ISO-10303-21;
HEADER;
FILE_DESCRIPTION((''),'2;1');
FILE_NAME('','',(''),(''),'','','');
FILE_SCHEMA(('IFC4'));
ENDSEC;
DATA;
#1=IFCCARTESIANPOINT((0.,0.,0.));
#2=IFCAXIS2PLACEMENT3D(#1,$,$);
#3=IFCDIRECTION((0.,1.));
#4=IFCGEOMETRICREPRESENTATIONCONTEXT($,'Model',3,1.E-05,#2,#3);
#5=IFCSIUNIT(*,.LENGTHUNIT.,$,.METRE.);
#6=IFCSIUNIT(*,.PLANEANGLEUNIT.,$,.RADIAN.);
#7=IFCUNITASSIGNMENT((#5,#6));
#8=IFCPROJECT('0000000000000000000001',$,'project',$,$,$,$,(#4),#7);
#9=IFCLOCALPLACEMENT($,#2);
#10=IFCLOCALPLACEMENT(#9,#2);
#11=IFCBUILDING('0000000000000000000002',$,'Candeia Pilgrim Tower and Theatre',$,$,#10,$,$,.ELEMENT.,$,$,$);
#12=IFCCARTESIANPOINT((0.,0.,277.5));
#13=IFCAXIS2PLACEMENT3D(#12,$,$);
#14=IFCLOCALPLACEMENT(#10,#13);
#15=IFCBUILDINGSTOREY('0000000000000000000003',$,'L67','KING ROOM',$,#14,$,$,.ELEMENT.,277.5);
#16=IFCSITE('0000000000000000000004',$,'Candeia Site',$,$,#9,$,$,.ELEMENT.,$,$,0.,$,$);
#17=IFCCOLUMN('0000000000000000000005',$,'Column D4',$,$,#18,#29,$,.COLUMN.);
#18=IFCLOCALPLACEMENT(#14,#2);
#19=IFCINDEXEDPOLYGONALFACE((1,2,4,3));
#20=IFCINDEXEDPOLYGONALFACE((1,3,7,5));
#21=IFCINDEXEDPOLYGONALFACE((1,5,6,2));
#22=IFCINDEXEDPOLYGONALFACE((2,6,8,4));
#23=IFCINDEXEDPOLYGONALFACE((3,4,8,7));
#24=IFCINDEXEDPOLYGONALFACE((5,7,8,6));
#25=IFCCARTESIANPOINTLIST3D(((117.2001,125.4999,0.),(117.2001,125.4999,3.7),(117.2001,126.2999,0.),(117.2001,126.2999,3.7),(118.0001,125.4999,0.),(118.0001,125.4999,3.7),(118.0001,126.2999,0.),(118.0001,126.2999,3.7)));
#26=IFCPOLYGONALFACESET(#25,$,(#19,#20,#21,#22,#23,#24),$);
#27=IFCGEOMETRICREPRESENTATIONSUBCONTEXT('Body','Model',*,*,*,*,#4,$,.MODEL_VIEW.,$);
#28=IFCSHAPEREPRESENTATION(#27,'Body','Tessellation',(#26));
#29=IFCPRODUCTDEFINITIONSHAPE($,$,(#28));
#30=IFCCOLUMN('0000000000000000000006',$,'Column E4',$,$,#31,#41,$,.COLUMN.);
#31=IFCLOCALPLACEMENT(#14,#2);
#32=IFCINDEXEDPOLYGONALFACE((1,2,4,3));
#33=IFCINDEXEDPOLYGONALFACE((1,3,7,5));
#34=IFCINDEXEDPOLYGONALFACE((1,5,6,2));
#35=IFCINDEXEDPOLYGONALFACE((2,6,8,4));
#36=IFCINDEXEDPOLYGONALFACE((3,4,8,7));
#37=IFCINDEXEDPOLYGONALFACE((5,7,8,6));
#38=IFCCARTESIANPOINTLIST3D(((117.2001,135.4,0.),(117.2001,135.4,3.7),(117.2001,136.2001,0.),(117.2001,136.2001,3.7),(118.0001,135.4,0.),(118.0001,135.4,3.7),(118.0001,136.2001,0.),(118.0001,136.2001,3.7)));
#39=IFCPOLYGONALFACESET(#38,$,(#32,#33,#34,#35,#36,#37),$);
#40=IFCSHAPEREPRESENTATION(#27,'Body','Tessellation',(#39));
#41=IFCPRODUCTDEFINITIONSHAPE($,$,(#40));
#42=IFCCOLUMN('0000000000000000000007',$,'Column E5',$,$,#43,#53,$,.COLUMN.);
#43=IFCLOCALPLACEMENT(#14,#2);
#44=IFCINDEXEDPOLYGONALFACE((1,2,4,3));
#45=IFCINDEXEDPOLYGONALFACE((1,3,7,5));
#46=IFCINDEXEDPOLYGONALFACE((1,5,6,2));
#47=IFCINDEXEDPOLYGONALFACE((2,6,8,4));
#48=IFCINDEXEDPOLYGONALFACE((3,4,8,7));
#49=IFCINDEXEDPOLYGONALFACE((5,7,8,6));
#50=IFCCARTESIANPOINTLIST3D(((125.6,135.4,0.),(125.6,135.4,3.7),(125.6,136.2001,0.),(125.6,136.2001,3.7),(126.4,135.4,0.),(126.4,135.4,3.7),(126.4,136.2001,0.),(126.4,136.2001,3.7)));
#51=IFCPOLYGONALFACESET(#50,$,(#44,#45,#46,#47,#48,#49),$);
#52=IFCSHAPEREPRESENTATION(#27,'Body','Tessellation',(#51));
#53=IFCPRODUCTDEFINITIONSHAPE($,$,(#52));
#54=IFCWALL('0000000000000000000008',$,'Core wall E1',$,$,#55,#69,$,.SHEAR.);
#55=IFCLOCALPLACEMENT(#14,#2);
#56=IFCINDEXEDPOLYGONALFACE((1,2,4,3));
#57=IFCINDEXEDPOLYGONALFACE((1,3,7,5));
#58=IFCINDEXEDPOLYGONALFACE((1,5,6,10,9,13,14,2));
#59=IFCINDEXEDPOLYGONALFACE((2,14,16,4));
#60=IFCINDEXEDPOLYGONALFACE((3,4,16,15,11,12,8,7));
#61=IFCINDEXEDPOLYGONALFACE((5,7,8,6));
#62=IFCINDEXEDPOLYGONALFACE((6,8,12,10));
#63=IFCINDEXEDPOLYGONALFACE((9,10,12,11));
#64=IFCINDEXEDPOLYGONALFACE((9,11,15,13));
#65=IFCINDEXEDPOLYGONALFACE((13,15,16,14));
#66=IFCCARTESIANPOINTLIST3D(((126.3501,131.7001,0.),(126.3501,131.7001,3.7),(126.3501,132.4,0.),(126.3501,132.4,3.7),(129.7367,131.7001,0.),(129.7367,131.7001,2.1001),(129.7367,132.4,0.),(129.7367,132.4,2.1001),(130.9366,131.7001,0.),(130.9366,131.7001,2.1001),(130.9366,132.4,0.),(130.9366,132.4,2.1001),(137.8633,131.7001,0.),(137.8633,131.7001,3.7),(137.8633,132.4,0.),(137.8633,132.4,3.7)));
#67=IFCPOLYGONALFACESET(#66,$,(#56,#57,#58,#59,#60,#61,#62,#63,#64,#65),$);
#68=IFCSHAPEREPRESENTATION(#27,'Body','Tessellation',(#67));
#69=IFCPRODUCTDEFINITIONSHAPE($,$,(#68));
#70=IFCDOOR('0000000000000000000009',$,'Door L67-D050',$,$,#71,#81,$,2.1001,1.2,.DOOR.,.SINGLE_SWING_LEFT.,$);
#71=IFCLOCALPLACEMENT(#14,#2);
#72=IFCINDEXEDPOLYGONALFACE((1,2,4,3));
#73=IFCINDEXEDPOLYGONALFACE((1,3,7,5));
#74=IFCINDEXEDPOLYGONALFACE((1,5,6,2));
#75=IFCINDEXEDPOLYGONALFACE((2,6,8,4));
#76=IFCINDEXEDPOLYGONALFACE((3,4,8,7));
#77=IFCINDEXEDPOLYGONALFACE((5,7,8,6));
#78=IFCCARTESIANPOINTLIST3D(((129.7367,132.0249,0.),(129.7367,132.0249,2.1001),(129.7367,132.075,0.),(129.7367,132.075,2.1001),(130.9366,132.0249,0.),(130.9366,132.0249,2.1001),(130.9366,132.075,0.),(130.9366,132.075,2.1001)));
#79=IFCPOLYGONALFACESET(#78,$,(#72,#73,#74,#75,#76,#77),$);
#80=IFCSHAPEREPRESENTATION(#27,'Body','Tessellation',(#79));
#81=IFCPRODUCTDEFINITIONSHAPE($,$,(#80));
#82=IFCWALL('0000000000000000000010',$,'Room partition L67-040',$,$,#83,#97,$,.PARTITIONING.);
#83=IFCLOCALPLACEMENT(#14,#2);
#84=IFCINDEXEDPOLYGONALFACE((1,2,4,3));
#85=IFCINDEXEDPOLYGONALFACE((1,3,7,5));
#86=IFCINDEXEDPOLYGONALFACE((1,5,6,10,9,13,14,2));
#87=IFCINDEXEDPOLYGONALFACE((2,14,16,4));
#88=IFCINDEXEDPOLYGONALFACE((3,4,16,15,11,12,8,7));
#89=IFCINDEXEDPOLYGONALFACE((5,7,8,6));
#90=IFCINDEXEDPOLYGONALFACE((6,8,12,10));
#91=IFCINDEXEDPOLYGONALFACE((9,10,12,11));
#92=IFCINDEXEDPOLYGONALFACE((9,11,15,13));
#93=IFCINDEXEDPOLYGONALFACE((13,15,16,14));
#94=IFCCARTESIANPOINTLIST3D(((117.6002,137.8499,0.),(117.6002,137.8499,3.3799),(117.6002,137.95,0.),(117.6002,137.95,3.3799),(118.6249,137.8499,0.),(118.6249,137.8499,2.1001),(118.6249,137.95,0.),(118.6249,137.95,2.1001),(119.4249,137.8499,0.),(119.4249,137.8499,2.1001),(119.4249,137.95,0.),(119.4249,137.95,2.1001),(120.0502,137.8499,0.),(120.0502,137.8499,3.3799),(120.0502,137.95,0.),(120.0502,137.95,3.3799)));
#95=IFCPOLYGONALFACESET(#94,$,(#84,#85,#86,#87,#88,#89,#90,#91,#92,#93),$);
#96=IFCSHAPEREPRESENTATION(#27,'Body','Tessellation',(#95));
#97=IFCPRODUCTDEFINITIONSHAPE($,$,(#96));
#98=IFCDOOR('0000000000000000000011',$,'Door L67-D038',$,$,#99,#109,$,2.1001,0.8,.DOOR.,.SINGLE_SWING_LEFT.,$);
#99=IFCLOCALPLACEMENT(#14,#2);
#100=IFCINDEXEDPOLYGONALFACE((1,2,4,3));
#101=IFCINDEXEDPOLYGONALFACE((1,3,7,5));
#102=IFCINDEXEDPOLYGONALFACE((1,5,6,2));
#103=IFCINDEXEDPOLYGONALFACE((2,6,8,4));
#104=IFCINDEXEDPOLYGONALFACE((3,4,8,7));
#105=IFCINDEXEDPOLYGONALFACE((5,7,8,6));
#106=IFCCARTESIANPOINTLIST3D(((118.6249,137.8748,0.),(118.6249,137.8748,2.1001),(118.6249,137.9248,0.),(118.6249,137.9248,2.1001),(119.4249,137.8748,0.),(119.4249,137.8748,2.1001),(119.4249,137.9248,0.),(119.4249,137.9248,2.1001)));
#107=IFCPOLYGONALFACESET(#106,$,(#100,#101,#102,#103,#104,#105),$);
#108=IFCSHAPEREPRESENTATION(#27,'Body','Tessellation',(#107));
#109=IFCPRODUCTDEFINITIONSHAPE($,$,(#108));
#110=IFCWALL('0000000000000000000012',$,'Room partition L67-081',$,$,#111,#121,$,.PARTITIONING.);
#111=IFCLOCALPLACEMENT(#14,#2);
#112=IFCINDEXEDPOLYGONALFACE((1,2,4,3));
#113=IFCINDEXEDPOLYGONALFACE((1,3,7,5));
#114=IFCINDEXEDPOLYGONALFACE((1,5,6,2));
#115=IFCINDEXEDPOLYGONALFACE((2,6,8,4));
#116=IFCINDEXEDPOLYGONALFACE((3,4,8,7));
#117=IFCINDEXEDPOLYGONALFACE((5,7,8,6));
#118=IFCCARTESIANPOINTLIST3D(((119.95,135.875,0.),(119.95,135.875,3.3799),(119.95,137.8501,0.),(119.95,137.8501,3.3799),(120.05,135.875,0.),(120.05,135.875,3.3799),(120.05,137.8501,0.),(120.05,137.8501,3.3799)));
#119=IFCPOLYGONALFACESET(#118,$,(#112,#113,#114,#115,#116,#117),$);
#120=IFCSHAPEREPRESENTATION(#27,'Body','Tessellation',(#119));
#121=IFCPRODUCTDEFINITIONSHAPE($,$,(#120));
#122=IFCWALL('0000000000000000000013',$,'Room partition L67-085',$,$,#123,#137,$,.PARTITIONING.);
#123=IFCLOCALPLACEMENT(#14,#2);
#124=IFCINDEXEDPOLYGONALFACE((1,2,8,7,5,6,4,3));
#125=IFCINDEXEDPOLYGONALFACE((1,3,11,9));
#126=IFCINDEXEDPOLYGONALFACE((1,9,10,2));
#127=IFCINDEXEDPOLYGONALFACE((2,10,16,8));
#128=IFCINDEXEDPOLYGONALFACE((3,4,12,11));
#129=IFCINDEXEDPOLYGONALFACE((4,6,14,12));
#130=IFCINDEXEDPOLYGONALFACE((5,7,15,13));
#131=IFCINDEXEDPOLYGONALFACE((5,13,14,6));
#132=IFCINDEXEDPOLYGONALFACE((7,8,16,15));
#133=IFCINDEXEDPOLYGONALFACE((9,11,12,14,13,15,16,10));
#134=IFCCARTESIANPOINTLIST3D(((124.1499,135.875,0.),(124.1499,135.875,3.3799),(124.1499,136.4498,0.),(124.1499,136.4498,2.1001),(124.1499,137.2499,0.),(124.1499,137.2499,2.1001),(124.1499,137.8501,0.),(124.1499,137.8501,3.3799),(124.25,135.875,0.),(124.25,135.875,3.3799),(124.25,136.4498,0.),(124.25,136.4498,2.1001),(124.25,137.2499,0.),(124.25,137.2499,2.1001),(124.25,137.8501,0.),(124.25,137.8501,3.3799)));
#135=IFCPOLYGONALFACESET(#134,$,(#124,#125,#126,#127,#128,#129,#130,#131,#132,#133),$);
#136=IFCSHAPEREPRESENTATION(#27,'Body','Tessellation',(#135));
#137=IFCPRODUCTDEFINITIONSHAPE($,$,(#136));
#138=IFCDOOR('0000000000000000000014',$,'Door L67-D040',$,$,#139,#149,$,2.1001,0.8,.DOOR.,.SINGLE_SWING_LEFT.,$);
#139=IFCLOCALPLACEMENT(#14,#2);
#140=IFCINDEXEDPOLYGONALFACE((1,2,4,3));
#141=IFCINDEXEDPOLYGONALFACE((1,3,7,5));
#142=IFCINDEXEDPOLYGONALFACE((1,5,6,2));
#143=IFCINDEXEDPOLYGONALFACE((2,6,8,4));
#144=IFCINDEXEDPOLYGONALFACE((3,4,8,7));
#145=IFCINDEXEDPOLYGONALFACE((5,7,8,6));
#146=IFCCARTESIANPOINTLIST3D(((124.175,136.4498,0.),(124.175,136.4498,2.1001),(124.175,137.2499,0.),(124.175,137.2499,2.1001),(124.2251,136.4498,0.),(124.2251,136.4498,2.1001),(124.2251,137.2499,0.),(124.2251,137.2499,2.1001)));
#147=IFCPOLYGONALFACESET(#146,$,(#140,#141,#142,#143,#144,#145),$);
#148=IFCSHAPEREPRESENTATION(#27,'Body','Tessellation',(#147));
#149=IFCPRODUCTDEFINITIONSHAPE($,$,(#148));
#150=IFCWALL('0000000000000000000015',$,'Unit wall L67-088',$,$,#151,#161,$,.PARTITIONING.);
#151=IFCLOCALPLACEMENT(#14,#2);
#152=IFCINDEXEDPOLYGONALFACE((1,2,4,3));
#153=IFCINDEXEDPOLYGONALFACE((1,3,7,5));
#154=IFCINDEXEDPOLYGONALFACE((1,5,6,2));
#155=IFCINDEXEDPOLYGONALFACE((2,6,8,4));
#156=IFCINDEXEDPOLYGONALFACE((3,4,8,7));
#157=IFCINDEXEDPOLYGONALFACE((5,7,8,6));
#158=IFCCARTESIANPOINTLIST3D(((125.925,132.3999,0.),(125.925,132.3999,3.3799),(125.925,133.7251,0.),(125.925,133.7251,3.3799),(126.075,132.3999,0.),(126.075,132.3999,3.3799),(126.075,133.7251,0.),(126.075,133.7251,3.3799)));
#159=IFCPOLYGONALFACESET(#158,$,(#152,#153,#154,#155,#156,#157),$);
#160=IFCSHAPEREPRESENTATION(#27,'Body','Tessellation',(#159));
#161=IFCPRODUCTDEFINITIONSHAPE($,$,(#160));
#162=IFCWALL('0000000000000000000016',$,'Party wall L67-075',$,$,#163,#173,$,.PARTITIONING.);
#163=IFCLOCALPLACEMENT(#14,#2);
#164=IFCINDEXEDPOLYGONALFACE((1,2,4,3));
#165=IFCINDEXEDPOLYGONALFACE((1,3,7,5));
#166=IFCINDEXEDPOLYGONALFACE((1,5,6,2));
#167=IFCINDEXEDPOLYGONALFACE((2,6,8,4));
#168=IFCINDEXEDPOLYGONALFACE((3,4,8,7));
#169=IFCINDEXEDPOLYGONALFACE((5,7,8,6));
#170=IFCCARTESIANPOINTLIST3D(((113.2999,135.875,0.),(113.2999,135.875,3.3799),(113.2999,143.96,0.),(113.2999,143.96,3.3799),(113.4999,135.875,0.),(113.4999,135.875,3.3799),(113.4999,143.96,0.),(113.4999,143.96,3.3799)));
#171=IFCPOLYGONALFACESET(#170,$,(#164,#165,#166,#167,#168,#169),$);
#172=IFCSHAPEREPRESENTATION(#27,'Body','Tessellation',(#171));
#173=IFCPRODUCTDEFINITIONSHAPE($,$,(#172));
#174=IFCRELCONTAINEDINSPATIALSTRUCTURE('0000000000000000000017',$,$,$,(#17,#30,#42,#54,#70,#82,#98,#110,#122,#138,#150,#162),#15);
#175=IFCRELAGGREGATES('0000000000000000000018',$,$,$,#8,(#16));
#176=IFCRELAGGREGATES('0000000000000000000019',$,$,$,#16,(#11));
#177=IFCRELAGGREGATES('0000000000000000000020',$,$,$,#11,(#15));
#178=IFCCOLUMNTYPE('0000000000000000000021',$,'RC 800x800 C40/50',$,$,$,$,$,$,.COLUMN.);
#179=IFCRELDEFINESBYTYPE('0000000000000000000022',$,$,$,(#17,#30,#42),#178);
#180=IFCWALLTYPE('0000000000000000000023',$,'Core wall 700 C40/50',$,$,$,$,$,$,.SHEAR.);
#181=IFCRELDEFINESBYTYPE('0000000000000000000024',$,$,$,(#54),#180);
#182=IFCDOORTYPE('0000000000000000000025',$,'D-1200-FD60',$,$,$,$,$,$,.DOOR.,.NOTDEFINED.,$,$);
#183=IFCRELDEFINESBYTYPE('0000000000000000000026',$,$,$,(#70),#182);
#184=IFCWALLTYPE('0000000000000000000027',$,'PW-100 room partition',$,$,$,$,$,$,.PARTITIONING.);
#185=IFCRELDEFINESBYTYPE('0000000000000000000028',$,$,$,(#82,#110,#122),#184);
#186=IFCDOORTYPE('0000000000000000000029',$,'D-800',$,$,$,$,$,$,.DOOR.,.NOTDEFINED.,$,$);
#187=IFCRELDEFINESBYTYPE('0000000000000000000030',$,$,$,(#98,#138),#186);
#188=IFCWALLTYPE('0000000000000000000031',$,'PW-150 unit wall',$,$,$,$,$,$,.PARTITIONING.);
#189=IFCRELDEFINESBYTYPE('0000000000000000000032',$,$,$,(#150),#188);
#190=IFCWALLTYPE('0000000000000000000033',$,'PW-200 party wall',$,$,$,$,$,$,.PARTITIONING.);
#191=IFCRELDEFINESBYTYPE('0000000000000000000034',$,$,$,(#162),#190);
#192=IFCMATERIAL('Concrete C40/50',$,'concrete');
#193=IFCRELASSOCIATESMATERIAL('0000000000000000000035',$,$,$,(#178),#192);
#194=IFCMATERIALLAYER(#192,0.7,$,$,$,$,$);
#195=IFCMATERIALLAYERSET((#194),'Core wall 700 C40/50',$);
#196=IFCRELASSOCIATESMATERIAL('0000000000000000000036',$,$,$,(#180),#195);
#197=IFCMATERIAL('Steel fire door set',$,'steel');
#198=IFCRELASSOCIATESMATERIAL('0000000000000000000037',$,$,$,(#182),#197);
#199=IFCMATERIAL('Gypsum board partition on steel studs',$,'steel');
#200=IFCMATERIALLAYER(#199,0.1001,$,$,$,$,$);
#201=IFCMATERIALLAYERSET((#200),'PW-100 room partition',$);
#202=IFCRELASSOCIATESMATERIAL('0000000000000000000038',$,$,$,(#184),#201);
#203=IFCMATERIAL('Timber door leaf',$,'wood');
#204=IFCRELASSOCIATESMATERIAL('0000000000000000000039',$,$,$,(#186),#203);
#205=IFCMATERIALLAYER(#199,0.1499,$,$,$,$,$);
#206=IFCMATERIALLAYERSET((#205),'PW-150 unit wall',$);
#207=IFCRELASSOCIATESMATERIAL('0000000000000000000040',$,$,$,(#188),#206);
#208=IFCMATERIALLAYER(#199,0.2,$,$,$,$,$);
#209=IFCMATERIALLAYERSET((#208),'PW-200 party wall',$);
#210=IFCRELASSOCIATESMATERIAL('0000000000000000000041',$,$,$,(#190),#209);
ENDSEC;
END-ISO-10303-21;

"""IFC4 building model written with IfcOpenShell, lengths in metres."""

from ifc_helpers import new_model, si_unit, direction, frame, frame_2d, origin, origin_2d, place, context, subcontext, project, spatial, rectangle, extrude, material, layer, layer_set, material_profile, profile_set, type_object, element, fill, save


model = new_model("IFC4")

# Units and contexts
model_context = context("Model", 3, precision=1e-05, world=origin(), true_north=direction((0.0, 1.0)))
body_context = subcontext(model_context, "Body", "Model", "MODEL_VIEW")
ifc_project = project(units=[si_unit("LENGTHUNIT", "METRE"), si_unit("PLANEANGLEUNIT", "RADIAN")], contexts=[model_context])

# Site, building, storey
site_placement = place(None, origin())
site = spatial("IfcSite", under=ifc_project, at=site_placement, Name="Candeia Site", CompositionType="ELEMENT", RefElevation=0.0)
building_placement = place(site_placement, origin())
building = spatial("IfcBuilding", under=site, at=building_placement, Name="Candeia Pilgrim Tower and Theatre", CompositionType="ELEMENT")
storey_placement = place(building_placement, frame((0.0, 0.0, 277.5)))
storey = spatial("IfcBuildingStorey", under=building, at=storey_placement, Name="L67", Description="KING ROOM", CompositionType="ELEMENT", Elevation=277.5)

# Columns
ifc_material_1 = material(Name="Concrete C40/50", Category="concrete")
ifc_material_profile = material_profile(ifc_material_1, rectangle(XDim=0.8, YDim=0.8, at=origin_2d()))
ifc_profile_set = profile_set([ifc_material_profile], Name="Concrete C40/50")
column_type = type_object("IfcColumnType", Name="RC 800x800 C40/50", PredefinedType="COLUMN", material=ifc_profile_set)
for number, where, z_axis, x_axis, name in (
    (1, (117.6001, 125.8999, 0.0), (0.0, 0.0, 1.0), (1.0, 0.0, 0.0), "Column D4"),
    (2, (117.6001, 135.8, 0.0), (0.0, 0.0, 1.0), (1.0, 0.0, 0.0), "Column E4"),
    (3, (126.0, 135.8, 0.0), (0.0, 0.0, 1.0), (1.0, 0.0, 0.0), "Column E5"),
):
    element("IfcColumn", number, at=place(storey_placement, frame(where, z_axis=z_axis, x_axis=x_axis)), inside=storey, type_object=column_type, Name=name, PredefinedType="COLUMN", context=body_context, shape_type="SweptSolid", body=[
        extrude(rectangle(XDim=0.8, YDim=0.8, at=origin_2d()), origin(), (0.0, 0.0, 1.0), 3.7),
    ])

# Walls, openings, doors
ifc_layer_1 = layer(ifc_material_1, 0.7)
ifc_layer_set_1 = layer_set([ifc_layer_1], Name="Core wall 700 C40/50")
wall_type_1 = type_object("IfcWallType", Name="Core wall 700 C40/50", PredefinedType="SHEAR", material=ifc_layer_set_1)
wall_1_placement = place(storey_placement, frame((126.3501, 132.05, 0.0), z_axis=(0.0, 0.0, 1.0), x_axis=(1.0, 0.0, 0.0)))
wall_1 = element("IfcWall", 4, at=wall_1_placement, inside=storey, type_object=wall_type_1, Name="Core wall E1", PredefinedType="SHEAR", context=body_context, shape_type="SweptSolid", body=[
    extrude(rectangle(XDim=11.5132, YDim=0.7, at=frame_2d((5.7566, 0.0))), origin(), (0.0, 0.0, 1.0), 3.7),
])
opening_1_placement = place(wall_1_placement, frame((3.3865, 0.0, 0.0)))
opening_1 = element("IfcOpeningElement", 5, at=opening_1_placement, cuts=wall_1, PredefinedType="OPENING", context=body_context, shape_type="SweptSolid", body=[
    extrude(rectangle(XDim=1.2, YDim=2.1001, at=frame_2d((0.6001, 1.05))), frame((0.0, 0.3599, 0.0), z_axis=(0.0, -1.0, 0.0), x_axis=(1.0, 0.0, 0.0)), (0.0, 0.0, 1.0), 0.72),
])
ifc_material_2 = material(Name="Steel fire door set", Category="steel")
door_type_1 = type_object("IfcDoorType", Name="D-1200-FD60", OperationType="NOTDEFINED", PredefinedType="DOOR", material=ifc_material_2)
door_1_placement = place(opening_1_placement, origin())
door_1 = element("IfcDoor", 6, at=door_1_placement, inside=storey, type_object=door_type_1, Name="Door L67-D050", OperationType="SINGLE_SWING_LEFT", OverallHeight=2.1001, OverallWidth=1.2, PredefinedType="DOOR", context=body_context, shape_type="SweptSolid", body=[
    extrude(rectangle(XDim=1.2, YDim=2.1001, at=frame_2d((0.6001, 1.05))), frame((0.0, 0.0249, 0.0), z_axis=(0.0, -1.0, 0.0), x_axis=(1.0, 0.0, 0.0)), (0.0, 0.0, 1.0), 0.05),
])
fill(opening_1, door_1)
ifc_material_3 = material(Name="Gypsum board partition on steel studs", Category="steel")
ifc_layer_2 = layer(ifc_material_3, 0.1001)
ifc_layer_set_2 = layer_set([ifc_layer_2], Name="PW-100 room partition")
wall_type_2 = type_object("IfcWallType", Name="PW-100 room partition", PredefinedType="PARTITIONING", material=ifc_layer_set_2)
wall_2_placement = place(storey_placement, frame((117.6001, 137.8999, 0.0), z_axis=(0.0, 0.0, 1.0), x_axis=(1.0, 0.0, 0.0)))
wall_2 = element("IfcWall", 7, at=wall_2_placement, inside=storey, type_object=wall_type_2, Name="Room partition L67-040", PredefinedType="PARTITIONING", context=body_context, shape_type="SweptSolid", body=[
    extrude(rectangle(XDim=2.45, YDim=0.1001, at=frame_2d((1.2251, 0.0))), origin(), (0.0, 0.0, 1.0), 3.3799),
])
opening_2_placement = place(wall_2_placement, frame((1.0249, 0.0, 0.0)))
opening_2 = element("IfcOpeningElement", 8, at=opening_2_placement, cuts=wall_2, PredefinedType="OPENING", context=body_context, shape_type="SweptSolid", body=[
    extrude(rectangle(XDim=0.8, YDim=2.1001, at=frame_2d((0.3999, 1.05))), frame((0.0, 0.0601, 0.0), z_axis=(0.0, -1.0, 0.0), x_axis=(1.0, 0.0, 0.0)), (0.0, 0.0, 1.0), 0.1201),
])
ifc_material_4 = material(Name="Timber door leaf", Category="wood")
door_type_2 = type_object("IfcDoorType", Name="D-800", OperationType="NOTDEFINED", PredefinedType="DOOR", material=ifc_material_4)
door_2_placement = place(opening_2_placement, origin())
door_2 = element("IfcDoor", 9, at=door_2_placement, inside=storey, type_object=door_type_2, Name="Door L67-D038", OperationType="SINGLE_SWING_LEFT", OverallHeight=2.1001, OverallWidth=0.8, PredefinedType="DOOR", context=body_context, shape_type="SweptSolid", body=[
    extrude(rectangle(XDim=0.8, YDim=2.1001, at=frame_2d((0.3999, 1.05))), frame((0.0, 0.0249, 0.0), z_axis=(0.0, -1.0, 0.0), x_axis=(1.0, 0.0, 0.0)), (0.0, 0.0, 1.0), 0.05),
])
fill(opening_2, door_2)

# Wall
wall_3_placement = place(storey_placement, frame((120.0, 135.875, 0.0), z_axis=(0.0, 0.0, 1.0), x_axis=(0.0, 1.0, 0.0)))
element("IfcWall", 10, at=wall_3_placement, inside=storey, type_object=wall_type_2, Name="Room partition L67-081", PredefinedType="PARTITIONING", context=body_context, shape_type="SweptSolid", body=[
    extrude(rectangle(XDim=1.9751, YDim=0.1001, at=frame_2d((0.9875, 0.0))), origin(), (0.0, 0.0, 1.0), 3.3799),
])

# Wall, opening, door
wall_4_placement = place(storey_placement, frame((124.2, 135.875, 0.0), z_axis=(0.0, 0.0, 1.0), x_axis=(0.0, 1.0, 0.0)))
wall_4 = element("IfcWall", 11, at=wall_4_placement, inside=storey, type_object=wall_type_2, Name="Room partition L67-085", PredefinedType="PARTITIONING", context=body_context, shape_type="SweptSolid", body=[
    extrude(rectangle(XDim=1.9751, YDim=0.1001, at=frame_2d((0.9875, 0.0))), origin(), (0.0, 0.0, 1.0), 3.3799),
])
opening_3_placement = place(wall_4_placement, frame((0.575, 0.0, 0.0)))
opening_3 = element("IfcOpeningElement", 12, at=opening_3_placement, cuts=wall_4, PredefinedType="OPENING", context=body_context, shape_type="SweptSolid", body=[
    extrude(rectangle(XDim=0.8, YDim=2.1001, at=frame_2d((0.3999, 1.05))), frame((0.0, 0.0601, 0.0), z_axis=(0.0, -1.0, 0.0), x_axis=(1.0, 0.0, 0.0)), (0.0, 0.0, 1.0), 0.1201),
])
door_3_placement = place(opening_3_placement, origin())
door_3 = element("IfcDoor", 13, at=door_3_placement, inside=storey, type_object=door_type_2, Name="Door L67-D040", OperationType="SINGLE_SWING_LEFT", OverallHeight=2.1001, OverallWidth=0.8, PredefinedType="DOOR", context=body_context, shape_type="SweptSolid", body=[
    extrude(rectangle(XDim=0.8, YDim=2.1001, at=frame_2d((0.3999, 1.05))), frame((0.0, 0.0249, 0.0), z_axis=(0.0, -1.0, 0.0), x_axis=(1.0, 0.0, 0.0)), (0.0, 0.0, 1.0), 0.05),
])
fill(opening_3, door_3)

# Walls
ifc_layer_3 = layer(ifc_material_3, 0.1499)
ifc_layer_set_3 = layer_set([ifc_layer_3], Name="PW-150 unit wall")
wall_type_3 = type_object("IfcWallType", Name="PW-150 unit wall", PredefinedType="PARTITIONING", material=ifc_layer_set_3)
wall_5_placement = place(storey_placement, frame((126.0, 132.3999, 0.0), z_axis=(0.0, 0.0, 1.0), x_axis=(0.0, 1.0, 0.0)))
element("IfcWall", 14, at=wall_5_placement, inside=storey, type_object=wall_type_3, Name="Unit wall L67-088", PredefinedType="PARTITIONING", context=body_context, shape_type="SweptSolid", body=[
    extrude(rectangle(XDim=1.3252, YDim=0.1499, at=frame_2d((0.6626, 0.0))), origin(), (0.0, 0.0, 1.0), 3.3799),
])
ifc_layer_4 = layer(ifc_material_3, 0.2)
ifc_layer_set_4 = layer_set([ifc_layer_4], Name="PW-200 party wall")
wall_type_4 = type_object("IfcWallType", Name="PW-200 party wall", PredefinedType="PARTITIONING", material=ifc_layer_set_4)
wall_6_placement = place(storey_placement, frame((113.3999, 135.875, 0.0), z_axis=(0.0, 0.0, 1.0), x_axis=(0.0, 1.0, 0.0)))
element("IfcWall", 15, at=wall_6_placement, inside=storey, type_object=wall_type_4, Name="Party wall L67-075", PredefinedType="PARTITIONING", context=body_context, shape_type="SweptSolid", body=[
    extrude(rectangle(XDim=8.085, YDim=0.2, at=frame_2d((4.0425, 0.0))), origin(), (0.0, 0.0, 1.0), 3.3799),
])

save(model, "model.ifc")
